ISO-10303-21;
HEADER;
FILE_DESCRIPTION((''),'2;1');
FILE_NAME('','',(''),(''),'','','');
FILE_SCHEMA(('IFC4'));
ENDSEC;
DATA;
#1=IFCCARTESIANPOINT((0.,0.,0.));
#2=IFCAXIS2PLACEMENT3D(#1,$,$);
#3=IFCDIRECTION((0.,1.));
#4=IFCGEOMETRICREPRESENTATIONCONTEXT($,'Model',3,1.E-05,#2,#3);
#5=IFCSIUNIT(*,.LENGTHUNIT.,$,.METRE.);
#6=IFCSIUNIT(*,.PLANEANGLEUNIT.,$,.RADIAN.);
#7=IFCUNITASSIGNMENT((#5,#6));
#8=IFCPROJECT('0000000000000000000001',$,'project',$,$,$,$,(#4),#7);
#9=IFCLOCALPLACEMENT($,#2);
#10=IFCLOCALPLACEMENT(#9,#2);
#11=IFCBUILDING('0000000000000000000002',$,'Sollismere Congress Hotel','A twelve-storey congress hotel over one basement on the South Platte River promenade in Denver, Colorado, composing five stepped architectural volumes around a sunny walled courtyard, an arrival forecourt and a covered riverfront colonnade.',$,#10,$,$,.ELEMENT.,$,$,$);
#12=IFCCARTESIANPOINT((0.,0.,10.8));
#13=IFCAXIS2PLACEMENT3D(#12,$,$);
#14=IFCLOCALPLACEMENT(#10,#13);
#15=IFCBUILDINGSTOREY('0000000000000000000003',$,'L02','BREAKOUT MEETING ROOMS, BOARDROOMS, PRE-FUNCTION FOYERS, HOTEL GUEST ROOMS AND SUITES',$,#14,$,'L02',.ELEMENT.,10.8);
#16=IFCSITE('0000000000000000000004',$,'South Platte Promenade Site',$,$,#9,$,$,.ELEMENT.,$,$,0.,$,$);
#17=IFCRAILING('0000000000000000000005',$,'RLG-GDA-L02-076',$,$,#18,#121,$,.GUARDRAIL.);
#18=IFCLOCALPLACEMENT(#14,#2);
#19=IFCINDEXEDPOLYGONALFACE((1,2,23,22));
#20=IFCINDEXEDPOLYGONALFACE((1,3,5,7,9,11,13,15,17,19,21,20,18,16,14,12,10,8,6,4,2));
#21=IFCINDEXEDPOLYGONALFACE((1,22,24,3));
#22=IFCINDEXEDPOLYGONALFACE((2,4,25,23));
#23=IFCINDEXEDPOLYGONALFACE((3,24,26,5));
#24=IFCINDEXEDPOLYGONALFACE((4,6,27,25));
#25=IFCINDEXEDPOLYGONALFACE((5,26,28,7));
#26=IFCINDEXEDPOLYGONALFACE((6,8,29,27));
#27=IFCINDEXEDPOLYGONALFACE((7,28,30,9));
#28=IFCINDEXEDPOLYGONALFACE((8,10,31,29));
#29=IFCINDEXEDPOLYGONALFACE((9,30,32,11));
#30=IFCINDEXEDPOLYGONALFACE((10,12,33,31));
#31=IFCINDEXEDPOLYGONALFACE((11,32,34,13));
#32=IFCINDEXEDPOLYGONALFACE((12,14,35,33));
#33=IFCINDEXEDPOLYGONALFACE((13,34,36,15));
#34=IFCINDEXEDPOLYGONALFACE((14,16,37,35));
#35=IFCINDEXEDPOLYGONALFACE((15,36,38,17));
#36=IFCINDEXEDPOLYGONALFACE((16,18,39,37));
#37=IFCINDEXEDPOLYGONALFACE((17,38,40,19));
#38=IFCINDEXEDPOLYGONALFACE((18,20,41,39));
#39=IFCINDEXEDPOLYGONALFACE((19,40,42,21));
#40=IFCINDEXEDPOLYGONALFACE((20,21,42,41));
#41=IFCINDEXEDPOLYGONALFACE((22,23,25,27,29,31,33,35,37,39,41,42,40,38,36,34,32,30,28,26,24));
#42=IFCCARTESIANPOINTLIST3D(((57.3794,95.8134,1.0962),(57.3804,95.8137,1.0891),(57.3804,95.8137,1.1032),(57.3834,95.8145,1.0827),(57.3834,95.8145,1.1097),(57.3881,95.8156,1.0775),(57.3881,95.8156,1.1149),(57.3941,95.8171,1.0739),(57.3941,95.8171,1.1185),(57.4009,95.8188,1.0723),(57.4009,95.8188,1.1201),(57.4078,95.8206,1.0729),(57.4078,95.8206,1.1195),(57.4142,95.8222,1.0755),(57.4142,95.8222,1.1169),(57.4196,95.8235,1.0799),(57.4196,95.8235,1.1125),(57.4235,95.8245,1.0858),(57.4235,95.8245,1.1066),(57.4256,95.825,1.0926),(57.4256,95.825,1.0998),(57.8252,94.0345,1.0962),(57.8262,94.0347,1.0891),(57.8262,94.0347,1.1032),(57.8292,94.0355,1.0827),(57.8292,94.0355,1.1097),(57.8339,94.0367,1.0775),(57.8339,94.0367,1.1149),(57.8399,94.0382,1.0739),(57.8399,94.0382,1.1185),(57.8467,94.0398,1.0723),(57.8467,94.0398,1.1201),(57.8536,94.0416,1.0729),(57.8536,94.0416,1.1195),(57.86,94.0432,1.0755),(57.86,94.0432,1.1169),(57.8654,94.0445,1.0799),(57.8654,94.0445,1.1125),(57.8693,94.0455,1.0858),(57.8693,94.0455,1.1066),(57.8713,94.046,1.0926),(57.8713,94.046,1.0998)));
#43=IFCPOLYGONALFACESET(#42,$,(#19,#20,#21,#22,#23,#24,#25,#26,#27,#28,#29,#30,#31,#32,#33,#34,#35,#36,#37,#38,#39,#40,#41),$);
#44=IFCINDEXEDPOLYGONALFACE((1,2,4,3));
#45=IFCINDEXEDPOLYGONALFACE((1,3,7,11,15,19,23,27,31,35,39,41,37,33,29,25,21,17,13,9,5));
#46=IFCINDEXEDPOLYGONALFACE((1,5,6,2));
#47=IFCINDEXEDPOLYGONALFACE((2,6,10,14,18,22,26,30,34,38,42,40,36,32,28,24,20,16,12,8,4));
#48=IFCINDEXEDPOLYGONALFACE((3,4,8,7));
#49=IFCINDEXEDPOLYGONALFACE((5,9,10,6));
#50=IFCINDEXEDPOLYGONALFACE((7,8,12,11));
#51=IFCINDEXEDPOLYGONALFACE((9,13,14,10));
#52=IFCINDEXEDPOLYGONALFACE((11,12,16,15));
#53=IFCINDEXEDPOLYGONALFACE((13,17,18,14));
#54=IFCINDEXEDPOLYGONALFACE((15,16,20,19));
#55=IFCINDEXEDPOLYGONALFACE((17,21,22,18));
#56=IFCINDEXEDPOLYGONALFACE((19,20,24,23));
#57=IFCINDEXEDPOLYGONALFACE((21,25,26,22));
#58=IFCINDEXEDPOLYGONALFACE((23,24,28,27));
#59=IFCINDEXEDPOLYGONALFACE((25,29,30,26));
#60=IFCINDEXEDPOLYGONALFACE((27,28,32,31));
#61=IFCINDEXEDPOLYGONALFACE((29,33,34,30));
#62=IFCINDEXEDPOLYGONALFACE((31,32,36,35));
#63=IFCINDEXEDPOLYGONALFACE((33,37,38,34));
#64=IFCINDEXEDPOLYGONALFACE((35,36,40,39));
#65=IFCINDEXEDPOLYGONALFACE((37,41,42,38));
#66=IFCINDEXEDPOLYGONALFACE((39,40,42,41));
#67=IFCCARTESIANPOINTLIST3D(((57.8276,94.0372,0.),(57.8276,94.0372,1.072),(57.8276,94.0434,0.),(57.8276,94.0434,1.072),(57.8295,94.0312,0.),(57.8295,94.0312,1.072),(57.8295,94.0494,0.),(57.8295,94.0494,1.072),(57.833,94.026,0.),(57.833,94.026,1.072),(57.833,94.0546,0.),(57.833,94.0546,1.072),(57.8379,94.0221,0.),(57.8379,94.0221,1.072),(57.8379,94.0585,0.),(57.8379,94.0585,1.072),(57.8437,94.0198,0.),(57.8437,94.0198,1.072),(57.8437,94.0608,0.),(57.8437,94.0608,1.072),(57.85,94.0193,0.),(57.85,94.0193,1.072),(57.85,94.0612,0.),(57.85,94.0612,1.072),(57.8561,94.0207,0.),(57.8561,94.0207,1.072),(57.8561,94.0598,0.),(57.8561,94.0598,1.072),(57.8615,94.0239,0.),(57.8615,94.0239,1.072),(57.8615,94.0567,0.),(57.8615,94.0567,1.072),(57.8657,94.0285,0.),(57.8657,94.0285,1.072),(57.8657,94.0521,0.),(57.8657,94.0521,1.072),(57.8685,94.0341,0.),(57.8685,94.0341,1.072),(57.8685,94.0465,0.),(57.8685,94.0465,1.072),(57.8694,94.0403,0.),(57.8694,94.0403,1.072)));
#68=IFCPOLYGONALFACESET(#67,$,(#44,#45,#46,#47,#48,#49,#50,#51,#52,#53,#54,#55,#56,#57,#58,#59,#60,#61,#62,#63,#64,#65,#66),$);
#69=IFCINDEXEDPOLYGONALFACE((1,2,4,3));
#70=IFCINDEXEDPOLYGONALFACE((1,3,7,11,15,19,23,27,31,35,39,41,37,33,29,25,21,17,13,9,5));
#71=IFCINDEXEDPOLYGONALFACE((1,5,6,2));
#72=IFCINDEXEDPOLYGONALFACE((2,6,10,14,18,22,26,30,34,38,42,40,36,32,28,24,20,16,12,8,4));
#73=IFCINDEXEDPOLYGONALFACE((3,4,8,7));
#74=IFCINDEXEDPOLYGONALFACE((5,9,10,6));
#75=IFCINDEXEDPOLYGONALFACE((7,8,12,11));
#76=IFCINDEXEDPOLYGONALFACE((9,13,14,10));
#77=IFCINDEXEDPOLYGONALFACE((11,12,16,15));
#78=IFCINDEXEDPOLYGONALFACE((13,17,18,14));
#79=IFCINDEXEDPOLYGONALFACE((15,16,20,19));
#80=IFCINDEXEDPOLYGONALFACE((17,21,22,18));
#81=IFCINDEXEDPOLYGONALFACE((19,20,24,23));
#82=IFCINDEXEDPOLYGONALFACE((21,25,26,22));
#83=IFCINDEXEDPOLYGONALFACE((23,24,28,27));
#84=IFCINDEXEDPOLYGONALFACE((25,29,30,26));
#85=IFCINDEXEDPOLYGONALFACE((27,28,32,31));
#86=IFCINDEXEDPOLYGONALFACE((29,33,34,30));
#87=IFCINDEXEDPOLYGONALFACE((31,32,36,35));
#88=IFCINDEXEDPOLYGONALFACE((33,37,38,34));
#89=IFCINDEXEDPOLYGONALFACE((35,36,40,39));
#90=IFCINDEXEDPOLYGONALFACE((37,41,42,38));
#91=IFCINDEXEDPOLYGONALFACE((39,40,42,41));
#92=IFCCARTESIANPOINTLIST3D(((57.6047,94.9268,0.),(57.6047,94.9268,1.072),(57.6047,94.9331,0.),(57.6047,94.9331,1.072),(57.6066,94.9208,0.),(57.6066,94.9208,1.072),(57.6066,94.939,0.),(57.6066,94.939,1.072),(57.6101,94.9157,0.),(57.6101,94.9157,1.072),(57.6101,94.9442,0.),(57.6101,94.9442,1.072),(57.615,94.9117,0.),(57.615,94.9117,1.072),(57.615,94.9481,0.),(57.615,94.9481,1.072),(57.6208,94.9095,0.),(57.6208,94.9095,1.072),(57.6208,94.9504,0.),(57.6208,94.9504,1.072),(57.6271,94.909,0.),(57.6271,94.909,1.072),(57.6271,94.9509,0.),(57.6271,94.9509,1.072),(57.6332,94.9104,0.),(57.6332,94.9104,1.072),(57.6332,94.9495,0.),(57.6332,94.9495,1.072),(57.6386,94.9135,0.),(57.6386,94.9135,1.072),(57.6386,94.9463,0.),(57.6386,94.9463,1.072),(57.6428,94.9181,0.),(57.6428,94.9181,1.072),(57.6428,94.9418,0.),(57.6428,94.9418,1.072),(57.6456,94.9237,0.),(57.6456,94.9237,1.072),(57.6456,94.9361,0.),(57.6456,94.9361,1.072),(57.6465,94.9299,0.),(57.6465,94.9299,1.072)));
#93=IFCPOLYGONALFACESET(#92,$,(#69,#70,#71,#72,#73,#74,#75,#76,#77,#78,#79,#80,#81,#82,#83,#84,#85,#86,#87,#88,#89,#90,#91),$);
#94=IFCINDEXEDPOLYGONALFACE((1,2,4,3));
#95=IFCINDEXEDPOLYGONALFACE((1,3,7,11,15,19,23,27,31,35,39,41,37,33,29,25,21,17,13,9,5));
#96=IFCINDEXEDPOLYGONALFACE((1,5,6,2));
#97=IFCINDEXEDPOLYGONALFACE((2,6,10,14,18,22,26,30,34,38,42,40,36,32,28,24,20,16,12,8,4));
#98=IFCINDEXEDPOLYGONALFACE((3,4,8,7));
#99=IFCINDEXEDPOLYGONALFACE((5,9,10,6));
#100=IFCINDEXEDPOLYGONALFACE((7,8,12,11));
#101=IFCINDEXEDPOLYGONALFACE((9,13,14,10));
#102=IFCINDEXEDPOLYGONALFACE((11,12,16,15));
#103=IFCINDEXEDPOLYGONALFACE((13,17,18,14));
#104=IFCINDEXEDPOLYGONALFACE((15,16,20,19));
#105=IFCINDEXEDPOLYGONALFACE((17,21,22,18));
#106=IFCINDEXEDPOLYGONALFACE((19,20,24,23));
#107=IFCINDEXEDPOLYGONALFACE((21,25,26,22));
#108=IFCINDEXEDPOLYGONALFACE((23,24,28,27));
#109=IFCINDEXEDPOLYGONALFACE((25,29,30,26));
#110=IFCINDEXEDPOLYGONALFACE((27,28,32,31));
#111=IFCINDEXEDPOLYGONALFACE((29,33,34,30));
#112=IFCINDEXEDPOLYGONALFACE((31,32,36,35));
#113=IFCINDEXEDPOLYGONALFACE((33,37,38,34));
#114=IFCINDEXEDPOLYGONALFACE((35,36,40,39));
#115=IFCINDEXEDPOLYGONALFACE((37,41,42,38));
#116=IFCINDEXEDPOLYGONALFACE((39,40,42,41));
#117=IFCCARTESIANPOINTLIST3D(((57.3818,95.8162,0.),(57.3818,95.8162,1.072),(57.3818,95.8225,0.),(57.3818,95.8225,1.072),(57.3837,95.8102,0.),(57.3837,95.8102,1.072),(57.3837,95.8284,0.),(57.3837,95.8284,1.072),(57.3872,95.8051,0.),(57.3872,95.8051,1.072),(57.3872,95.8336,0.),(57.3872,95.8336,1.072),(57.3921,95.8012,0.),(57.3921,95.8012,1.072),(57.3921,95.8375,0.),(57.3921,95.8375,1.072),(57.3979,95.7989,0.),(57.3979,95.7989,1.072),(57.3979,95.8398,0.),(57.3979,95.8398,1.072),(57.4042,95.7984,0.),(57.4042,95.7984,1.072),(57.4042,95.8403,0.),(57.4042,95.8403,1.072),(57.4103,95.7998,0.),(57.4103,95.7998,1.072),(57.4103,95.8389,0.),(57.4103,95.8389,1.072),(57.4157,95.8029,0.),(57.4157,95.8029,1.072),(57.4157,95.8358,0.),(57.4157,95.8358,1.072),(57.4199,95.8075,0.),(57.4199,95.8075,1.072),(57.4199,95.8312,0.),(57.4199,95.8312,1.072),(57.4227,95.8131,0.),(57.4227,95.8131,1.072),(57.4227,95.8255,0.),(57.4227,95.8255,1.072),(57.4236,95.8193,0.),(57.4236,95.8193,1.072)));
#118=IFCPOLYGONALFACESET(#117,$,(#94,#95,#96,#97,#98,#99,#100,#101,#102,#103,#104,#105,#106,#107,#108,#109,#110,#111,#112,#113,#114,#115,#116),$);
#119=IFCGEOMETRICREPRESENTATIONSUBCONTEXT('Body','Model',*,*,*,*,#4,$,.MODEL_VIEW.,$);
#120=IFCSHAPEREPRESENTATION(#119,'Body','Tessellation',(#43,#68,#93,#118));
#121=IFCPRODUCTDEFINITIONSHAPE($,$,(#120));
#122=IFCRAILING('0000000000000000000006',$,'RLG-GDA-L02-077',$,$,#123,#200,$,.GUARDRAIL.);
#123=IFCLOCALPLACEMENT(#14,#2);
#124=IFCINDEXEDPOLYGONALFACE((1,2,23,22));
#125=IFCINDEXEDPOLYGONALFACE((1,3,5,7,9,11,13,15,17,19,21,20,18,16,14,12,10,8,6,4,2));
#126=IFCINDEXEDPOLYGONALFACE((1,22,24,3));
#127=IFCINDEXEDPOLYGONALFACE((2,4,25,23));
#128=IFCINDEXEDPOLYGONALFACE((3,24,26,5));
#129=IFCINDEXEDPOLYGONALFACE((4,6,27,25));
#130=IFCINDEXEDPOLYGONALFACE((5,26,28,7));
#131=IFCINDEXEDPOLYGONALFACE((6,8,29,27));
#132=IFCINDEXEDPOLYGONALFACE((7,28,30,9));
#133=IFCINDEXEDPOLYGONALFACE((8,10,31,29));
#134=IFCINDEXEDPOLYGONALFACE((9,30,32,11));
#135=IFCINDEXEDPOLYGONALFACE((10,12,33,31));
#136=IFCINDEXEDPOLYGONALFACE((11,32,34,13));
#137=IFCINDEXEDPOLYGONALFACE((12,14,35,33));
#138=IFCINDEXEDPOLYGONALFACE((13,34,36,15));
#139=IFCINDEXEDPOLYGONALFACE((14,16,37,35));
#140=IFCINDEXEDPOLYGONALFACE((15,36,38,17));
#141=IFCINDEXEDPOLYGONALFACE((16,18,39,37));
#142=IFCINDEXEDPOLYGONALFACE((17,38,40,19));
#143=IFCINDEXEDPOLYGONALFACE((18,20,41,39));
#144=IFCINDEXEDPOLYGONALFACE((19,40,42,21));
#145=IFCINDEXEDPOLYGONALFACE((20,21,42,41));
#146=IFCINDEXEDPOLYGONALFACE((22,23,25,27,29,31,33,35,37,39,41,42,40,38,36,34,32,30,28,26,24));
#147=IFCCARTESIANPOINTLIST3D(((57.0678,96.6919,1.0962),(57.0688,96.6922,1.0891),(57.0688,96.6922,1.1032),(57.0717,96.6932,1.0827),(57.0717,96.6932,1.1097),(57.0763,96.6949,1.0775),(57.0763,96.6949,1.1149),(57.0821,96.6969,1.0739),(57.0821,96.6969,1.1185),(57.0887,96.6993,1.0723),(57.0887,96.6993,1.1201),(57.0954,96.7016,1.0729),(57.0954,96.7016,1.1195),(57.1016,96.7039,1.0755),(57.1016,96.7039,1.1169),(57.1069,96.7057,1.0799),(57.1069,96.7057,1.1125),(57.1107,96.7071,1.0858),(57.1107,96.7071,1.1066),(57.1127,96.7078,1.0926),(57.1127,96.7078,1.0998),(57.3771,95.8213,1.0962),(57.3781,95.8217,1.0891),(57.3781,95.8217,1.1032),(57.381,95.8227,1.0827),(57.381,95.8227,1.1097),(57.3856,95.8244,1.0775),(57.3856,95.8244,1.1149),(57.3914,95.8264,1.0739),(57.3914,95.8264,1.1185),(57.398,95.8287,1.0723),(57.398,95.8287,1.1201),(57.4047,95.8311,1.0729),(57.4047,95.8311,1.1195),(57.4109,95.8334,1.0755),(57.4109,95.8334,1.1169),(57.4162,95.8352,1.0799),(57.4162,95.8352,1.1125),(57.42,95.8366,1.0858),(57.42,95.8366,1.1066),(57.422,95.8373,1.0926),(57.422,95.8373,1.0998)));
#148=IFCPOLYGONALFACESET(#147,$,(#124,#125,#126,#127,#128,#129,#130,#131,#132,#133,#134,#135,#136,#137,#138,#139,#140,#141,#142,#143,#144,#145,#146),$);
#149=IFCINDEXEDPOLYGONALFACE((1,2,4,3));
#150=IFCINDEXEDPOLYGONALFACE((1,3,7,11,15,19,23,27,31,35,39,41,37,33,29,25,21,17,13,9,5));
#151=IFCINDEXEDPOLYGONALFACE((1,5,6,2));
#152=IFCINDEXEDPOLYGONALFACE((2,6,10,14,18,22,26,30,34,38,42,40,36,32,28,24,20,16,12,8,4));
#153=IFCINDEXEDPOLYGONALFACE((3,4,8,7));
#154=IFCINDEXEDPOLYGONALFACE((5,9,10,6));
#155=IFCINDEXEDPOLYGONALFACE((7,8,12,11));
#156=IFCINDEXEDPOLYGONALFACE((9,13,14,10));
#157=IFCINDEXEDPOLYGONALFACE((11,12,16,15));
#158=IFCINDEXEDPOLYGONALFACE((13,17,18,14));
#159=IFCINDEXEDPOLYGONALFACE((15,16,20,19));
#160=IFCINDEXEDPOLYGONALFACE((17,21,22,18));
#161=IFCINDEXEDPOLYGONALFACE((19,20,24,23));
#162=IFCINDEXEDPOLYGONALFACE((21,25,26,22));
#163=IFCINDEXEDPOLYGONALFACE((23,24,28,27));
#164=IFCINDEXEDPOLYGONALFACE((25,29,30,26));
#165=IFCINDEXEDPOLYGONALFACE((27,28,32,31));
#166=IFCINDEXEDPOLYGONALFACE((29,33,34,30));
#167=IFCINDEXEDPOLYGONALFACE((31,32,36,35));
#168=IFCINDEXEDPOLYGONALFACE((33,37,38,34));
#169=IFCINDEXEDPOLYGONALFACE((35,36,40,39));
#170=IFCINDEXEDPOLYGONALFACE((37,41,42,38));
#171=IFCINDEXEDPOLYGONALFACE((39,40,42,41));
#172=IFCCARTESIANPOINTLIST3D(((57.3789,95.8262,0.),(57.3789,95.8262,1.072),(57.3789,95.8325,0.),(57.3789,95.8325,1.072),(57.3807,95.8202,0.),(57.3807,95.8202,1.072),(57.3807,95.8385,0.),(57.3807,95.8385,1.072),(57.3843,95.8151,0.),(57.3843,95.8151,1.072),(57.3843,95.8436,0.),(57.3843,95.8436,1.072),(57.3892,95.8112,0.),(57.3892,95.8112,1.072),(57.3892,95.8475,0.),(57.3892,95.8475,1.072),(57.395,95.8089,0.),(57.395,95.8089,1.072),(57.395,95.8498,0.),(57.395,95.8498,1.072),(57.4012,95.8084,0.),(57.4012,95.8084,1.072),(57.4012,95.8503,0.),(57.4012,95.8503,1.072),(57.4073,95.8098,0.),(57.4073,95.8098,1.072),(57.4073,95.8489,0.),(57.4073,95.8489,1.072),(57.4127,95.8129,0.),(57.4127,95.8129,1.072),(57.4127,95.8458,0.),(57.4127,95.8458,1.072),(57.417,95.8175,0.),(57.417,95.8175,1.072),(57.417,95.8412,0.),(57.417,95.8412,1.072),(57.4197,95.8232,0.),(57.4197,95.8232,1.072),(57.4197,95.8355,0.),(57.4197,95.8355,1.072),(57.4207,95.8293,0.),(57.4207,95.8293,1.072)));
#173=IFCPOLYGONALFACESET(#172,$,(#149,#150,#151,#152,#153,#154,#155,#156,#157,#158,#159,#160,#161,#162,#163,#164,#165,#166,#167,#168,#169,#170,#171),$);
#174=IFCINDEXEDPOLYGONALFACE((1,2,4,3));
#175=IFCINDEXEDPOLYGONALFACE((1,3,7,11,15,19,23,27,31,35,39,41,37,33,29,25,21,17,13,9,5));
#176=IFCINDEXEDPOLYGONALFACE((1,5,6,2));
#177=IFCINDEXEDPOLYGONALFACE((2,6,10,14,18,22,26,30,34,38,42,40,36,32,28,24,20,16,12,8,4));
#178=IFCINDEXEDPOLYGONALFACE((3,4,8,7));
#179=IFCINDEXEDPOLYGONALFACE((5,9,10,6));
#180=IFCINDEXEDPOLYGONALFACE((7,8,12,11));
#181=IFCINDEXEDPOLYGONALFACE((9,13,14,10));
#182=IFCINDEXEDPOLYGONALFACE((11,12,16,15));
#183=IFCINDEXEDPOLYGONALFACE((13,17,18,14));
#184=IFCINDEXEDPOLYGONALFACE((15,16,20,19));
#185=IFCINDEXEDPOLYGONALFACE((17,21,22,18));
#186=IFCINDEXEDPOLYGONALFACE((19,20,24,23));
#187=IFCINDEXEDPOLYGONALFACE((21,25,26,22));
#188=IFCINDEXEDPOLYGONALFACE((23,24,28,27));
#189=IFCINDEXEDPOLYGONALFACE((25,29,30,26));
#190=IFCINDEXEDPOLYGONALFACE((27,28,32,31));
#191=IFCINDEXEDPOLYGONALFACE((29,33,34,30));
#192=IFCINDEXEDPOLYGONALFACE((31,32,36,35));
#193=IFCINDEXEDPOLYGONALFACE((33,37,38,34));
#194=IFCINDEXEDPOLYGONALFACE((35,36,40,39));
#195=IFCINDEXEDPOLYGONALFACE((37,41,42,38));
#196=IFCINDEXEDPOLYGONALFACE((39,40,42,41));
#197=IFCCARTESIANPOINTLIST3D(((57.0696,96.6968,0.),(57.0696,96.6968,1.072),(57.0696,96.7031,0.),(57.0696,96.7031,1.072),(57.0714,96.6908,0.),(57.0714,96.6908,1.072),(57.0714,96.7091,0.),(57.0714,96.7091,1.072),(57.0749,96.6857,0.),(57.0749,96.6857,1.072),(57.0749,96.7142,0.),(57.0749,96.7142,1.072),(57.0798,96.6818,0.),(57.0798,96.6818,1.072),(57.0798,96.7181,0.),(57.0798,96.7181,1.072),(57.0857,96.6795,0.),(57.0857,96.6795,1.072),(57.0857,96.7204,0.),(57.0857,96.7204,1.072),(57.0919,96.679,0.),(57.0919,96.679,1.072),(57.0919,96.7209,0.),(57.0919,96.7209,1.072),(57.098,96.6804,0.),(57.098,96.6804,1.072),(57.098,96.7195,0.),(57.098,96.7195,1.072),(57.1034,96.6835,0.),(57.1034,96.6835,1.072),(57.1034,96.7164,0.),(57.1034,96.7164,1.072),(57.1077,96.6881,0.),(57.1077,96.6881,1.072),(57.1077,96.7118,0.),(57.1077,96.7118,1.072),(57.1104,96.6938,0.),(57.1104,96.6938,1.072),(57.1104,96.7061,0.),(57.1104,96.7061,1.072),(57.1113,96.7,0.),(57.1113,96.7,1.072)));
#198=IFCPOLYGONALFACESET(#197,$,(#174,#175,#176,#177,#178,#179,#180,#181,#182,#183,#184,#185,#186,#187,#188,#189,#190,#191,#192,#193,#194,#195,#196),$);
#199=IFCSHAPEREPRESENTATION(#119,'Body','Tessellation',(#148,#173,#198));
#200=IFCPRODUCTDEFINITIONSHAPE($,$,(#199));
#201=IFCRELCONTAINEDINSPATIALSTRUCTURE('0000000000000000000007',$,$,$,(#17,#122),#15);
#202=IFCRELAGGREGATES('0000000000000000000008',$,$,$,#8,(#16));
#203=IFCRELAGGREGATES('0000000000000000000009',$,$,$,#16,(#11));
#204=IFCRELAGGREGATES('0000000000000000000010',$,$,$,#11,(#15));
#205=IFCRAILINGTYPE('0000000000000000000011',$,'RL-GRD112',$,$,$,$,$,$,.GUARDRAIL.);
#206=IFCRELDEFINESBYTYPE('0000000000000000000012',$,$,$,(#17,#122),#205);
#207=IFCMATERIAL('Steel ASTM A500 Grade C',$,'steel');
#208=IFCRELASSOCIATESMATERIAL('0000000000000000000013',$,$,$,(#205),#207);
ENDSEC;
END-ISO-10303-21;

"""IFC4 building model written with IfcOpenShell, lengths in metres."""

from ifc_helpers import new_model, si_unit, direction, frame, origin, origin_2d, place, context, subcontext, project, spatial, circle, extrude, material, type_object, element, save


model = new_model("IFC4")

# Units and contexts
model_context = context("Model", 3, precision=1e-05, world=origin(), true_north=direction((0.0, 1.0)))
body_context = subcontext(model_context, "Body", "Model", "MODEL_VIEW")
ifc_project = project(units=[si_unit("LENGTHUNIT", "METRE"), si_unit("PLANEANGLEUNIT", "RADIAN")], contexts=[model_context])

# Site, building, storey
site_placement = place(None, origin())
site = spatial("IfcSite", under=ifc_project, at=site_placement, Name="South Platte Promenade Site", CompositionType="ELEMENT", RefElevation=0.0)
building_placement = place(site_placement, origin())
building = spatial("IfcBuilding", under=site, at=building_placement, Name="Sollismere Congress Hotel", Description="A twelve-storey congress hotel over one basement on the South Platte River promenade in Denver, Colorado, composing five stepped architectural volumes around a sunny walled courtyard, an arrival forecourt and a covered riverfront colonnade.", CompositionType="ELEMENT")
storey_placement = place(building_placement, frame((0.0, 0.0, 10.8)))
storey = spatial("IfcBuildingStorey", under=building, at=storey_placement, Name="L02", Description="BREAKOUT MEETING ROOMS, BOARDROOMS, PRE-FUNCTION FOYERS, HOTEL GUEST ROOMS AND SUITES", LongName="L02", CompositionType="ELEMENT", Elevation=10.8)

# Shared definitions
ifc_material_1 = material(Name="Steel ASTM A500 Grade C", Category="steel")

# Railings
railing_type = type_object("IfcRailingType", Name="RL-GRD112", PredefinedType="GUARDRAIL", material=ifc_material_1)
railing_1_placement = place(storey_placement, frame((57.8484, 94.0403, 0.0)))
element("IfcRailing", 1, at=railing_1_placement, inside=storey, type_object=railing_type, Name="RLG-GDA-L02-076", PredefinedType="GUARDRAIL", context=body_context, shape_type="SweptSolid", body=[
    extrude(circle(Radius=0.0239, at=origin_2d()), frame((0.0, 0.0, 1.0962), z_axis=(-0.243068, 0.970009, 0.0), x_axis=(-0.970009, -0.243068, 0.0)), (0.0, 0.0, 1.0), 1.834),
    extrude(circle(Radius=0.021, at=origin_2d()), origin(), (0.0, 0.0, 1.0), 1.072),
    extrude(circle(Radius=0.021, at=origin_2d()), frame((-0.2229, 0.8896, 0.0)), (0.0, 0.0, 1.0), 1.072),
    extrude(circle(Radius=0.021, at=origin_2d()), frame((-0.4458, 1.7791, 0.0)), (0.0, 0.0, 1.0), 1.072),
])
railing_2_placement = place(storey_placement, frame((57.3997, 95.8293, 0.0)))
element("IfcRailing", 2, at=railing_2_placement, inside=storey, type_object=railing_type, Name="RLG-GDA-L02-077", PredefinedType="GUARDRAIL", context=body_context, shape_type="SweptSolid", body=[
    extrude(circle(Radius=0.0239, at=origin_2d()), frame((0.0, 0.0, 1.0962), z_axis=(-0.334796, 0.942291, 0.0), x_axis=(-0.942291, -0.334796, 0.0)), (0.0, 0.0, 1.0), 0.9238),
    extrude(circle(Radius=0.021, at=origin_2d()), origin(), (0.0, 0.0, 1.0), 1.072),
    extrude(circle(Radius=0.021, at=origin_2d()), frame((-0.3093, 0.8706, 0.0)), (0.0, 0.0, 1.0), 1.072),
])

save(model, "model.ifc")
